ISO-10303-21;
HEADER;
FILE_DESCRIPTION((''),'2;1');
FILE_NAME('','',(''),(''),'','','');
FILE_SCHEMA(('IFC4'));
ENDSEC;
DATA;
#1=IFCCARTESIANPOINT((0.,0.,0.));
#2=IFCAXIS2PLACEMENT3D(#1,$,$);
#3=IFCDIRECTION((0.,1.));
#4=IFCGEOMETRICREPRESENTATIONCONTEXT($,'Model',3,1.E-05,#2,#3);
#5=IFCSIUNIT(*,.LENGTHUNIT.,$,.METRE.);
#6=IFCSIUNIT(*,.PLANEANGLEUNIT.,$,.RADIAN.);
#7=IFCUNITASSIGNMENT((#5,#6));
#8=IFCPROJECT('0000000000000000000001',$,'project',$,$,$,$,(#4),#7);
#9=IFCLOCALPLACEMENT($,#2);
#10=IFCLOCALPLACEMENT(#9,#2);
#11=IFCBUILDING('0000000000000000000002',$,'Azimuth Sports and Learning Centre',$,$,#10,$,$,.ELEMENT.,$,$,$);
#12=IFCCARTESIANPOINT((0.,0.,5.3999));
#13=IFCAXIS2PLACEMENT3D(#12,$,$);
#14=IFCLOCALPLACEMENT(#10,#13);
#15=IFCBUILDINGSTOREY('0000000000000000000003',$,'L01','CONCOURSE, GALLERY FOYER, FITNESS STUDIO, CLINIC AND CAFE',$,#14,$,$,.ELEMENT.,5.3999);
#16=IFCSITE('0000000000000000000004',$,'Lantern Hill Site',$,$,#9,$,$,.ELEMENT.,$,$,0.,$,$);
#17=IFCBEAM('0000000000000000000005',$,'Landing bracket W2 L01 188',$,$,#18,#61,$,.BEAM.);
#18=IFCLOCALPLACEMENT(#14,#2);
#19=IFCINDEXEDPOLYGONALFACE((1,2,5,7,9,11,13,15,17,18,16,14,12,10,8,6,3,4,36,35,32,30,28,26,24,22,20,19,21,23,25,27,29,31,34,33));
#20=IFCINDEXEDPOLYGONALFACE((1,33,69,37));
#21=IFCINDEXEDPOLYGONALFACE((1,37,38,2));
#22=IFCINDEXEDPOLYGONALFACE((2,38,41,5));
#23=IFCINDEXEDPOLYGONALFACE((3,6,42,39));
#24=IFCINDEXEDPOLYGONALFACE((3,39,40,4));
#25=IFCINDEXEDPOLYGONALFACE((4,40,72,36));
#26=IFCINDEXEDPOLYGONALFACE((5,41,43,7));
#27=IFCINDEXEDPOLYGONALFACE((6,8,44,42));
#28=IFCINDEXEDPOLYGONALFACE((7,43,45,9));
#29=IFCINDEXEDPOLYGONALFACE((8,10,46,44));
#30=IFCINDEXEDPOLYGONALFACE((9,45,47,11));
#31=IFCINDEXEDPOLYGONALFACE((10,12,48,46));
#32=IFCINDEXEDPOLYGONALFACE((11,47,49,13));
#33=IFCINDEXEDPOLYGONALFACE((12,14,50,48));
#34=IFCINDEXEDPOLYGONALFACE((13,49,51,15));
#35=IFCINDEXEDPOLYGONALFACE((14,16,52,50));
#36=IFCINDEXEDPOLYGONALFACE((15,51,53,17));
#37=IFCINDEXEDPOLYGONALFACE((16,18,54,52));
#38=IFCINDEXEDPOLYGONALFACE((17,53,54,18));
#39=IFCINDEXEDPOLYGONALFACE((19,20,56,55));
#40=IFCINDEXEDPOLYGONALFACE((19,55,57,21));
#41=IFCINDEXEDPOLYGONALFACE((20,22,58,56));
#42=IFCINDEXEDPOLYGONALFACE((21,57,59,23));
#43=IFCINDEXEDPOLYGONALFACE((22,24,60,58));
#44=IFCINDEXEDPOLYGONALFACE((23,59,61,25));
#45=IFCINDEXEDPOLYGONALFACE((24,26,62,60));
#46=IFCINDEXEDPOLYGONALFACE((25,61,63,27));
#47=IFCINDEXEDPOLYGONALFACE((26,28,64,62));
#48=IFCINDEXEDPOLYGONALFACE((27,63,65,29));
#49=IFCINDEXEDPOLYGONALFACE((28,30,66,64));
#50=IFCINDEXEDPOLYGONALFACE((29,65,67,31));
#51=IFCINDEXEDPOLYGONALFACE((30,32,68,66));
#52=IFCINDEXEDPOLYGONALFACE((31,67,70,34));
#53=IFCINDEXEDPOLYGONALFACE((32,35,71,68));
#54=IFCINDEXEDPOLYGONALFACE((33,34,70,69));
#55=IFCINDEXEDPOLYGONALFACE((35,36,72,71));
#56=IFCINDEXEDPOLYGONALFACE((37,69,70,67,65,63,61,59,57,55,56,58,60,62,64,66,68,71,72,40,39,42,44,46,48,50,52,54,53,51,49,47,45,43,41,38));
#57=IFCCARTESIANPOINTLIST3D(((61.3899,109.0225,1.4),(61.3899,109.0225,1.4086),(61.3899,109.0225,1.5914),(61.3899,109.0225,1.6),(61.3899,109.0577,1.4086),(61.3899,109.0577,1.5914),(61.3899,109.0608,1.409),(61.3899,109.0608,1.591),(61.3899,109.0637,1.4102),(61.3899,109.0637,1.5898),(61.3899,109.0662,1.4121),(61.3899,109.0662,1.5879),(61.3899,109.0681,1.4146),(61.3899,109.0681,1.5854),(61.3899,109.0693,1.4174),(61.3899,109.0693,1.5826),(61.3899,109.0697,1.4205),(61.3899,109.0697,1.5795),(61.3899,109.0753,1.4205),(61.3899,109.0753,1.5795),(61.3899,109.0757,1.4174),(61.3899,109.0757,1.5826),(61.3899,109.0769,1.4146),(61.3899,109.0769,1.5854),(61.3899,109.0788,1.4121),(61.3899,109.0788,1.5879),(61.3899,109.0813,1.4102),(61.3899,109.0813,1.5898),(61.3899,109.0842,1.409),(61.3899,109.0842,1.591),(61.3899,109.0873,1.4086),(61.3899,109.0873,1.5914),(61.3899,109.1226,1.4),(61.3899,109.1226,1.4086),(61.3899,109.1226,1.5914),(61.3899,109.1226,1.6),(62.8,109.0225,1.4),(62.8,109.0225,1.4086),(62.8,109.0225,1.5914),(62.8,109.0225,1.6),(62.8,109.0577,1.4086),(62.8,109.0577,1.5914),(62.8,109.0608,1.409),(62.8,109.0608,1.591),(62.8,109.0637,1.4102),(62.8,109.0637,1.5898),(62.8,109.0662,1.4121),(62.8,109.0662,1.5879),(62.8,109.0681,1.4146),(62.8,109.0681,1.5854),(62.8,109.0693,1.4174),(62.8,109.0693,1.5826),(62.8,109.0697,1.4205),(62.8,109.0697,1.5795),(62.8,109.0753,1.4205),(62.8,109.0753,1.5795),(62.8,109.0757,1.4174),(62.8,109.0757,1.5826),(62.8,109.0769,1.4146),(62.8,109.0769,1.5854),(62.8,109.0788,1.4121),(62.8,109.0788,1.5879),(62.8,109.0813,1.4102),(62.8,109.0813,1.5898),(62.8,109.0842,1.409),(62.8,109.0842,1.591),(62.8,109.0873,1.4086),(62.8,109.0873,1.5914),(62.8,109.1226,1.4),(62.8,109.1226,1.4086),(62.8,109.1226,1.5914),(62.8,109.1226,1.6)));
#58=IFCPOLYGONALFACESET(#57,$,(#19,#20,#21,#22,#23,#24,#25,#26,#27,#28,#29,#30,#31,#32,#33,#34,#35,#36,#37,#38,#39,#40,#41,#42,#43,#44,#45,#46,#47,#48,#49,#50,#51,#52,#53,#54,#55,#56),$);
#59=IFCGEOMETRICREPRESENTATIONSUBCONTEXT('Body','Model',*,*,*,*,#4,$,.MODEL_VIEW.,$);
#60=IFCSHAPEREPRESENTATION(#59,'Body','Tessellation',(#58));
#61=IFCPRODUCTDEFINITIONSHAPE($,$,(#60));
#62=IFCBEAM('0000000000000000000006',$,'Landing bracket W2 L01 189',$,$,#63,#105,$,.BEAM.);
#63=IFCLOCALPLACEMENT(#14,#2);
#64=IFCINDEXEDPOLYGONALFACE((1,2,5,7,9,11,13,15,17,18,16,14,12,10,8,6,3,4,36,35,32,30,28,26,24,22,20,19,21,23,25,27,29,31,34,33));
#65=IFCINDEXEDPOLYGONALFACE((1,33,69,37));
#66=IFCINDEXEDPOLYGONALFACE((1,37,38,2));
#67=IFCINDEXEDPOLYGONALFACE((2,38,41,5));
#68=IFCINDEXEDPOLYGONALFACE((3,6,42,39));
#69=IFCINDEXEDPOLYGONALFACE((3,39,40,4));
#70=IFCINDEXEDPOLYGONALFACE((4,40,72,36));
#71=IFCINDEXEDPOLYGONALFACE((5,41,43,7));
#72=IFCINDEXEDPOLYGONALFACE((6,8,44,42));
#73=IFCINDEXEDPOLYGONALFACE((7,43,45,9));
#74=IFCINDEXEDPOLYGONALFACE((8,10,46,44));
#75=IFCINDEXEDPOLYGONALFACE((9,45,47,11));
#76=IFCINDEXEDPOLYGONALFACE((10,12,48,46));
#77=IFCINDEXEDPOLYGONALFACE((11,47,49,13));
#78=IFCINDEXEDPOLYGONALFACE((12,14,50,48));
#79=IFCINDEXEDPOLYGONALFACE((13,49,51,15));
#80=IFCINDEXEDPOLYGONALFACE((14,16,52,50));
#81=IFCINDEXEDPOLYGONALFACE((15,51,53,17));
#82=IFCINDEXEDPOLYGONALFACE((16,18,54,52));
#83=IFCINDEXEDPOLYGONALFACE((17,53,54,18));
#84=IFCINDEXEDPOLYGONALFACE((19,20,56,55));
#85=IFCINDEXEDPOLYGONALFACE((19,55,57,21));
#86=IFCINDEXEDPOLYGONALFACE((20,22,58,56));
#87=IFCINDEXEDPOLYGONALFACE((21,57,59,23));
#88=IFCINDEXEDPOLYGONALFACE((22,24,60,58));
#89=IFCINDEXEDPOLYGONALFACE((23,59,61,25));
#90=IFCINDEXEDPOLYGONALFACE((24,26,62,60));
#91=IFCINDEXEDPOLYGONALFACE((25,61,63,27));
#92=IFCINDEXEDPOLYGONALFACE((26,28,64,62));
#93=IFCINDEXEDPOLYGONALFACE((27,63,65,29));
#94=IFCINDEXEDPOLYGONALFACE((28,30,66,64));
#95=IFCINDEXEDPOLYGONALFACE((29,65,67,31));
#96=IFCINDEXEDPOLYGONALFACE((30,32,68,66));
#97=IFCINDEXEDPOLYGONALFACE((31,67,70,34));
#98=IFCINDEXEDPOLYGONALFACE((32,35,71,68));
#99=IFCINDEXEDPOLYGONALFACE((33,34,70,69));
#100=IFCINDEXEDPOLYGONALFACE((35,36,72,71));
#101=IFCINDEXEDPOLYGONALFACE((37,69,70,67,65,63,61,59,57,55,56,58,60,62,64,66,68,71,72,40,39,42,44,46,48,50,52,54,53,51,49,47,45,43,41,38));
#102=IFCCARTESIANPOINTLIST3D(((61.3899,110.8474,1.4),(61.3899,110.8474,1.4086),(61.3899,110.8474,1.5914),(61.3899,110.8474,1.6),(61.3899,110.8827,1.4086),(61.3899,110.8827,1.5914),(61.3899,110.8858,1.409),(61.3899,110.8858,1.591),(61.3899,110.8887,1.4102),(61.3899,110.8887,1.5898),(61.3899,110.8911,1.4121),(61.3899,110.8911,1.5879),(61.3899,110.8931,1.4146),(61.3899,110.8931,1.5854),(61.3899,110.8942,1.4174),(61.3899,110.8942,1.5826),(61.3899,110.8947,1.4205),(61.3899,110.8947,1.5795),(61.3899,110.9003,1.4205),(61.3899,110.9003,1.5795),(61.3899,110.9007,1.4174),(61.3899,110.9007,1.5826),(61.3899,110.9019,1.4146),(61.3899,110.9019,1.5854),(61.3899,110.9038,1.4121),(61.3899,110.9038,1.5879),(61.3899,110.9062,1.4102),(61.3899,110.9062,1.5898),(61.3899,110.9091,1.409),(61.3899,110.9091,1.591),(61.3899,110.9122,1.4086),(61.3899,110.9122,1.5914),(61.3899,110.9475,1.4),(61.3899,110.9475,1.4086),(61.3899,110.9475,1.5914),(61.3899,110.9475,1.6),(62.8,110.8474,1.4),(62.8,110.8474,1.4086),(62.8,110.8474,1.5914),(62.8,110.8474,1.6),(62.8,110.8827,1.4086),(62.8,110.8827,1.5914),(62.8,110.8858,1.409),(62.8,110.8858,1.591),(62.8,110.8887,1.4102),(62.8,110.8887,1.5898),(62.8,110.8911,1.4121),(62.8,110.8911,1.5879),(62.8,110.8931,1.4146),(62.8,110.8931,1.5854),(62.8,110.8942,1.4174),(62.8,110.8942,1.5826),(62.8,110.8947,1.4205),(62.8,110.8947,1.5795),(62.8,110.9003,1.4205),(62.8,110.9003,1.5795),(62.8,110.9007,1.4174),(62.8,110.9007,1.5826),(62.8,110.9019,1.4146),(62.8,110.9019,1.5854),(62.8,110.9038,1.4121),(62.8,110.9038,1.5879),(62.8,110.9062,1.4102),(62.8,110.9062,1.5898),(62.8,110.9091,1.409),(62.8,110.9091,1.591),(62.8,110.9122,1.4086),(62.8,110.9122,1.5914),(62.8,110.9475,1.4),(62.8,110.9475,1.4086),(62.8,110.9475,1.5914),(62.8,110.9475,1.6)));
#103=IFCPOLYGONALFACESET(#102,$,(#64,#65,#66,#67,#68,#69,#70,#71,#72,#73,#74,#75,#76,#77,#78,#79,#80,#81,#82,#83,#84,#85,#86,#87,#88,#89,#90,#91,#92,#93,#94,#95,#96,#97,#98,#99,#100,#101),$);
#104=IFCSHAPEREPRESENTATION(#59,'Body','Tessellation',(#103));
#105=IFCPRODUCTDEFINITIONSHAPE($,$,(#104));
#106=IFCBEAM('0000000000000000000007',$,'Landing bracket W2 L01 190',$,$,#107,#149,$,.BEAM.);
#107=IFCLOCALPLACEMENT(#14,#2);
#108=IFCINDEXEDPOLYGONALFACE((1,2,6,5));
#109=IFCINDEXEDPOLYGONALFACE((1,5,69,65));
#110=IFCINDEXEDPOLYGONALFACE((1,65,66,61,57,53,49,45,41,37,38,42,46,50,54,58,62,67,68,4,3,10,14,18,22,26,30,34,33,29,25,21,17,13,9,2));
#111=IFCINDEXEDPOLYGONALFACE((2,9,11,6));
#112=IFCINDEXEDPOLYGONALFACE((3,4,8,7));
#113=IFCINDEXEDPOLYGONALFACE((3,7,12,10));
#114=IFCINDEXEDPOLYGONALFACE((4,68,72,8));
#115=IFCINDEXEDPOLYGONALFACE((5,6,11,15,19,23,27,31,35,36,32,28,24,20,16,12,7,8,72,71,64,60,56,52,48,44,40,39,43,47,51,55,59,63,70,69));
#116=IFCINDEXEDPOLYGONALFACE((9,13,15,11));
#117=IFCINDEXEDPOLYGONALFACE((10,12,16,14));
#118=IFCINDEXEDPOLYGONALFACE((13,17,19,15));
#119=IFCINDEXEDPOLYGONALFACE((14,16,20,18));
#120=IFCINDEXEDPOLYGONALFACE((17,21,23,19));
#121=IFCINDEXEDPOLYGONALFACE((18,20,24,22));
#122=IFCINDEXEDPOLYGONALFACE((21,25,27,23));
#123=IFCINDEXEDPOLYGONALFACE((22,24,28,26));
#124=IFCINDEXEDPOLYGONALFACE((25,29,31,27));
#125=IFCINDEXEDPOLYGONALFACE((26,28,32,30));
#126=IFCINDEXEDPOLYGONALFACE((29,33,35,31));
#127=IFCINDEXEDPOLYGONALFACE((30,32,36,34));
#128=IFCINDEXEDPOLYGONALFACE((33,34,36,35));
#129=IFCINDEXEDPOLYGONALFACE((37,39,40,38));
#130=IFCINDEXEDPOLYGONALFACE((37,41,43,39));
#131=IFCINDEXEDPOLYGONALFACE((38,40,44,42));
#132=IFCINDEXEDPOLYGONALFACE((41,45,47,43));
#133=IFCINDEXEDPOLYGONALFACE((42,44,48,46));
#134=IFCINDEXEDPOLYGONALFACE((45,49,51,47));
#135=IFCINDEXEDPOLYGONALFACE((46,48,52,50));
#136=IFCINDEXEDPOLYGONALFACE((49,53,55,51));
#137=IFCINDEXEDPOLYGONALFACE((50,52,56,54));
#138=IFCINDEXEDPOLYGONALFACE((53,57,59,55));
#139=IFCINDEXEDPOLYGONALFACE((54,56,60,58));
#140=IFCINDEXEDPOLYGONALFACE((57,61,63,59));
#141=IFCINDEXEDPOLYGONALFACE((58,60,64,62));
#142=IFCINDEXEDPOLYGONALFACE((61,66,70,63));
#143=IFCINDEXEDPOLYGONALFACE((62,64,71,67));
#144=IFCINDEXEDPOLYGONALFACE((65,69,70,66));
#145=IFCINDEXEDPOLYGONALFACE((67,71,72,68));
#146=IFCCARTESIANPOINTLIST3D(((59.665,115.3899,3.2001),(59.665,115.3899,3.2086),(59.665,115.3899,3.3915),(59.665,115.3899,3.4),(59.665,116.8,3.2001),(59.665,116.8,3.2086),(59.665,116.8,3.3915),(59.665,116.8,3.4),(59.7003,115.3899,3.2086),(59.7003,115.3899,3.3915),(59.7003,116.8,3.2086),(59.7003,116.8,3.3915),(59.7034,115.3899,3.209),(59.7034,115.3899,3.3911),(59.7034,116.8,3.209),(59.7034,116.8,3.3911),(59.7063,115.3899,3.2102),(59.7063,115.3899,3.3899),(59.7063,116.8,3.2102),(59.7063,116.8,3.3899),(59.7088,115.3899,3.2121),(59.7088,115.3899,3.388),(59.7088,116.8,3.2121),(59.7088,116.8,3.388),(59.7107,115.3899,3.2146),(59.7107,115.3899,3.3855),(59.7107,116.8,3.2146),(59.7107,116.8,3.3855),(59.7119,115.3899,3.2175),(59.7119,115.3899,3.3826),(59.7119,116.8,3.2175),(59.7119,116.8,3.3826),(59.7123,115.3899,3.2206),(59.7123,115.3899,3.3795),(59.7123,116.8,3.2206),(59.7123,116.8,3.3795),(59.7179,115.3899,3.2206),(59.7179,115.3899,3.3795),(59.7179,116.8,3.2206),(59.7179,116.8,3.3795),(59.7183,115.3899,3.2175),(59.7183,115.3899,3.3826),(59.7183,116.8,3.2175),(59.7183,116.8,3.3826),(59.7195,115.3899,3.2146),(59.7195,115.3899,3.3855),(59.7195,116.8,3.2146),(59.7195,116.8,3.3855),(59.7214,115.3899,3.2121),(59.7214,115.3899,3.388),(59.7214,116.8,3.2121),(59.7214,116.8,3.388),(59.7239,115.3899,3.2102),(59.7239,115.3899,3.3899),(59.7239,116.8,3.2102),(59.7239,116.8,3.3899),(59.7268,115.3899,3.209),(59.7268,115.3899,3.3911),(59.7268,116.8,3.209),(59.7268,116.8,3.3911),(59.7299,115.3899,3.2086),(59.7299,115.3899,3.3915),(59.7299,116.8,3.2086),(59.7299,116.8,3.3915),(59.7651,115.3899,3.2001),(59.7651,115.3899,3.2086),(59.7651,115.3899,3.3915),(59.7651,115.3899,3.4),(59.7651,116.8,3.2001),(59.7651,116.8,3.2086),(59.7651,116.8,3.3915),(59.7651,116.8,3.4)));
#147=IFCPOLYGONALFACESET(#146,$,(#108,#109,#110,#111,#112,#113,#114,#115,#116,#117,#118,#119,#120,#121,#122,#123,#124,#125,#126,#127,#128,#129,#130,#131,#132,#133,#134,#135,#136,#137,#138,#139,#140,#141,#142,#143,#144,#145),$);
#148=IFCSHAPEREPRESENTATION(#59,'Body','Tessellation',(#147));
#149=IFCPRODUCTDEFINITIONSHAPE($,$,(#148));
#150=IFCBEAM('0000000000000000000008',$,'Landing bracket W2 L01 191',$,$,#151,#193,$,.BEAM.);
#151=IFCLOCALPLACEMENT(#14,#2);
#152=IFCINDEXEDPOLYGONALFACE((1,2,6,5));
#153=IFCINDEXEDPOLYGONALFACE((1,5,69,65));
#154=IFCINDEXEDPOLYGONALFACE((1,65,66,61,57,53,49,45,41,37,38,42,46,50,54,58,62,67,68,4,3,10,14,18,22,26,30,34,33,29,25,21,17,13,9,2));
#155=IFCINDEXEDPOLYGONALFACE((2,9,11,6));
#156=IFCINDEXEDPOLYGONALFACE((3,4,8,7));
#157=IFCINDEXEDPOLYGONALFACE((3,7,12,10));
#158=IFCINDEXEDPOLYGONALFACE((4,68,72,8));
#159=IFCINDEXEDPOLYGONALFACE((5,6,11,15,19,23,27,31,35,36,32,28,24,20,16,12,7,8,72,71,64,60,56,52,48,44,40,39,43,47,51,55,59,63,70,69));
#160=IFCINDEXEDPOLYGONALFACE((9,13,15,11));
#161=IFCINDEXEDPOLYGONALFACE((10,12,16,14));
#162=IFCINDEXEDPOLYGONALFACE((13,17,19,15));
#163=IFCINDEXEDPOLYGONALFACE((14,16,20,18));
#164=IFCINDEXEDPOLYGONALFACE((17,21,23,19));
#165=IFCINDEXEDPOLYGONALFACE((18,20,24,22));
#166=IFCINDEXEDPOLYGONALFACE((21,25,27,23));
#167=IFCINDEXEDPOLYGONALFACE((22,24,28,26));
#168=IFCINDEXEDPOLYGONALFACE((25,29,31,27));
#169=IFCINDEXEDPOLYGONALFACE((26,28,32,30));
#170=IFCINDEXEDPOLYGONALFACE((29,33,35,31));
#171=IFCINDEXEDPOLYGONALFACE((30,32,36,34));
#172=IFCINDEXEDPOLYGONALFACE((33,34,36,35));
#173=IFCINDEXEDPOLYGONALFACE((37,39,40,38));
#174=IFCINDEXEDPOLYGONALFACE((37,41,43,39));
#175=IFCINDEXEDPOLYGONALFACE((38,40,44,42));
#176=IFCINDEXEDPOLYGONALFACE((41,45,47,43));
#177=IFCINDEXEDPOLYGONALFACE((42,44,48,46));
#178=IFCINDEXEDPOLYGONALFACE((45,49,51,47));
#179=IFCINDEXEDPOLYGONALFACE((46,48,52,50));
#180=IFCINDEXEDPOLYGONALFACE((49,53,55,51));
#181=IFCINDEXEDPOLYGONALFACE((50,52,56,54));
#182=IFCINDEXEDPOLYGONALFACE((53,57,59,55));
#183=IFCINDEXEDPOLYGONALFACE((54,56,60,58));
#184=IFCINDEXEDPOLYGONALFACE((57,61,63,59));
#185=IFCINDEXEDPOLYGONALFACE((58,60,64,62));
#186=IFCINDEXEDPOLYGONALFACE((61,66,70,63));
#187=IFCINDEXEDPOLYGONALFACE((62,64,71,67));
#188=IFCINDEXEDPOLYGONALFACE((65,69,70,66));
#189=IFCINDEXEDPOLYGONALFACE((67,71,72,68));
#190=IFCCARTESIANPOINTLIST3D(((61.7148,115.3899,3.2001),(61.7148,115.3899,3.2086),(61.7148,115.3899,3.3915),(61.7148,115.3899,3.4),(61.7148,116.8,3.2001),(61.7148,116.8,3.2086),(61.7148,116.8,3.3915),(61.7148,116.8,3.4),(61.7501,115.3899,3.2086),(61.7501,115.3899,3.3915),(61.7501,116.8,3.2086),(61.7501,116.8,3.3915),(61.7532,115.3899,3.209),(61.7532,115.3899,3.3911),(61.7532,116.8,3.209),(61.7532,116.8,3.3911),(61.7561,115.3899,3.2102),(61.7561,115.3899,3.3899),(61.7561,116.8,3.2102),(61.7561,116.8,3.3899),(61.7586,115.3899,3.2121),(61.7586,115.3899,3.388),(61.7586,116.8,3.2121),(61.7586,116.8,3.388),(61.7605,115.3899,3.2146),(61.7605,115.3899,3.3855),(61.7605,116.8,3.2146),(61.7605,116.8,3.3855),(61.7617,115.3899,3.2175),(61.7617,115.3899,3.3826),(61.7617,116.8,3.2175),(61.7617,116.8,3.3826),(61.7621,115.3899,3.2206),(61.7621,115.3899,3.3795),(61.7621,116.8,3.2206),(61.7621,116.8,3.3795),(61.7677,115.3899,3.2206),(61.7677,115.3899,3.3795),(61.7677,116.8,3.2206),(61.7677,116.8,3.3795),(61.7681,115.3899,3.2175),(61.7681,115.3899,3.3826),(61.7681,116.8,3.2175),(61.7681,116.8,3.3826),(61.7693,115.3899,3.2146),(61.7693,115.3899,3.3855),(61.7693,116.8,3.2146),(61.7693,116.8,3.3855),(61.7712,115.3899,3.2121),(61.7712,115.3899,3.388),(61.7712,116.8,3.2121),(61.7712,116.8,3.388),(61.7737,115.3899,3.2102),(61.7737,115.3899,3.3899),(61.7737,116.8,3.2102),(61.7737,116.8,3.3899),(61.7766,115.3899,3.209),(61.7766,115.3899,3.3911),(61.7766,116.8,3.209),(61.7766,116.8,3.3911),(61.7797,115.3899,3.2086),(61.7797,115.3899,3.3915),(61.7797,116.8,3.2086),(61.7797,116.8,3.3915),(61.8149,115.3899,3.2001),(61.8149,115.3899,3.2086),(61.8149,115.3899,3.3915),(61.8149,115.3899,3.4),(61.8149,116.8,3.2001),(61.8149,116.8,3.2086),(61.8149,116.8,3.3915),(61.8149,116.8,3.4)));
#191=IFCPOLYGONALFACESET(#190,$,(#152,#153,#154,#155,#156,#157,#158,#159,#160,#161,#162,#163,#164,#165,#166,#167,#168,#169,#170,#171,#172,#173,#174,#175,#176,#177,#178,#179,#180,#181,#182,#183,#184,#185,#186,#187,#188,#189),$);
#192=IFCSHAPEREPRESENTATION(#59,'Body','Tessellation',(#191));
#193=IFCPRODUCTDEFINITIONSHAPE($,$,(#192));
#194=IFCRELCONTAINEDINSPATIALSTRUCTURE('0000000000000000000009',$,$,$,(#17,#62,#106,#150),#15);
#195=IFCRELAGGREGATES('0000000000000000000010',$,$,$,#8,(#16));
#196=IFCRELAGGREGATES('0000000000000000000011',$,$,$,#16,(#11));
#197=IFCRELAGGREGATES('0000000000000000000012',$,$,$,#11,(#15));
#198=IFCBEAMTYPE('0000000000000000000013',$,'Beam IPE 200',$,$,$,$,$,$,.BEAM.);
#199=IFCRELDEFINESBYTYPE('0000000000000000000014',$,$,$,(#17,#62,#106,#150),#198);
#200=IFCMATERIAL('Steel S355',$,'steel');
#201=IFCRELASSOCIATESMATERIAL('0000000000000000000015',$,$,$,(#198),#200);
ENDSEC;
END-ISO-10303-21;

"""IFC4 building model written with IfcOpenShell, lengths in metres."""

from ifc_helpers import new_model, si_unit, direction, frame, origin, origin_2d, place, context, subcontext, project, spatial, i_section, extrude, material, material_profile, profile_set, type_object, element, save


model = new_model("IFC4")

# Units and contexts
model_context = context("Model", 3, precision=1e-05, world=origin(), true_north=direction((0.0, 1.0)))
body_context = subcontext(model_context, "Body", "Model", "MODEL_VIEW")
ifc_project = project(units=[si_unit("LENGTHUNIT", "METRE"), si_unit("PLANEANGLEUNIT", "RADIAN")], contexts=[model_context])

# Site, building, storey
site_placement = place(None, origin())
site = spatial("IfcSite", under=ifc_project, at=site_placement, Name="Lantern Hill Site", CompositionType="ELEMENT", RefElevation=0.0)
building_placement = place(site_placement, origin())
building = spatial("IfcBuilding", under=site, at=building_placement, Name="Azimuth Sports and Learning Centre", CompositionType="ELEMENT")
storey_placement = place(building_placement, frame((0.0, 0.0, 5.3999)))
storey = spatial("IfcBuildingStorey", under=building, at=storey_placement, Name="L01", Description="CONCOURSE, GALLERY FOYER, FITNESS STUDIO, CLINIC AND CAFE", CompositionType="ELEMENT", Elevation=5.3999)

# Beams
ifc_material_1 = material(Name="Steel S355", Category="steel")
ifc_material_profile_1 = material_profile(ifc_material_1, i_section(OverallWidth=0.1001, OverallDepth=0.2, WebThickness=0.0056, FlangeThickness=0.0085, FilletRadius=0.012, at=origin_2d()), Name="IPE 200")
ifc_profile_set_1 = profile_set([ifc_material_profile_1], Name="Steel S355")
beam_type = type_object("IfcBeamType", Name="Beam IPE 200", PredefinedType="BEAM", material=ifc_profile_set_1)
for number, where, z_axis, x_axis, name in (
    (1, (62.8, 109.0725, 1.5), (-1.0, 0.0, 0.0), (0.0, -1.0, 0.0), "Landing bracket W2 L01 188"),
    (2, (62.8, 110.8975, 1.5), (-1.0, 0.0, 0.0), (0.0, -1.0, 0.0), "Landing bracket W2 L01 189"),
    (3, (59.7151, 116.8, 3.3), (0.0, -1.0, 0.0), (1.0, 0.0, 0.0), "Landing bracket W2 L01 190"),
    (4, (61.7649, 116.8, 3.3), (0.0, -1.0, 0.0), (1.0, 0.0, 0.0), "Landing bracket W2 L01 191"),
):
    element("IfcBeam", number, at=place(storey_placement, frame(where, z_axis=z_axis, x_axis=x_axis)), inside=storey, type_object=beam_type, Name=name, PredefinedType="BEAM", context=body_context, shape_type="SweptSolid", body=[
        extrude(i_section(OverallWidth=0.1001, OverallDepth=0.2, WebThickness=0.0056, FlangeThickness=0.0085, FilletRadius=0.012, at=origin_2d()), origin(), (0.0, 0.0, 1.0), 1.4102),
    ])

save(model, "model.ifc")
